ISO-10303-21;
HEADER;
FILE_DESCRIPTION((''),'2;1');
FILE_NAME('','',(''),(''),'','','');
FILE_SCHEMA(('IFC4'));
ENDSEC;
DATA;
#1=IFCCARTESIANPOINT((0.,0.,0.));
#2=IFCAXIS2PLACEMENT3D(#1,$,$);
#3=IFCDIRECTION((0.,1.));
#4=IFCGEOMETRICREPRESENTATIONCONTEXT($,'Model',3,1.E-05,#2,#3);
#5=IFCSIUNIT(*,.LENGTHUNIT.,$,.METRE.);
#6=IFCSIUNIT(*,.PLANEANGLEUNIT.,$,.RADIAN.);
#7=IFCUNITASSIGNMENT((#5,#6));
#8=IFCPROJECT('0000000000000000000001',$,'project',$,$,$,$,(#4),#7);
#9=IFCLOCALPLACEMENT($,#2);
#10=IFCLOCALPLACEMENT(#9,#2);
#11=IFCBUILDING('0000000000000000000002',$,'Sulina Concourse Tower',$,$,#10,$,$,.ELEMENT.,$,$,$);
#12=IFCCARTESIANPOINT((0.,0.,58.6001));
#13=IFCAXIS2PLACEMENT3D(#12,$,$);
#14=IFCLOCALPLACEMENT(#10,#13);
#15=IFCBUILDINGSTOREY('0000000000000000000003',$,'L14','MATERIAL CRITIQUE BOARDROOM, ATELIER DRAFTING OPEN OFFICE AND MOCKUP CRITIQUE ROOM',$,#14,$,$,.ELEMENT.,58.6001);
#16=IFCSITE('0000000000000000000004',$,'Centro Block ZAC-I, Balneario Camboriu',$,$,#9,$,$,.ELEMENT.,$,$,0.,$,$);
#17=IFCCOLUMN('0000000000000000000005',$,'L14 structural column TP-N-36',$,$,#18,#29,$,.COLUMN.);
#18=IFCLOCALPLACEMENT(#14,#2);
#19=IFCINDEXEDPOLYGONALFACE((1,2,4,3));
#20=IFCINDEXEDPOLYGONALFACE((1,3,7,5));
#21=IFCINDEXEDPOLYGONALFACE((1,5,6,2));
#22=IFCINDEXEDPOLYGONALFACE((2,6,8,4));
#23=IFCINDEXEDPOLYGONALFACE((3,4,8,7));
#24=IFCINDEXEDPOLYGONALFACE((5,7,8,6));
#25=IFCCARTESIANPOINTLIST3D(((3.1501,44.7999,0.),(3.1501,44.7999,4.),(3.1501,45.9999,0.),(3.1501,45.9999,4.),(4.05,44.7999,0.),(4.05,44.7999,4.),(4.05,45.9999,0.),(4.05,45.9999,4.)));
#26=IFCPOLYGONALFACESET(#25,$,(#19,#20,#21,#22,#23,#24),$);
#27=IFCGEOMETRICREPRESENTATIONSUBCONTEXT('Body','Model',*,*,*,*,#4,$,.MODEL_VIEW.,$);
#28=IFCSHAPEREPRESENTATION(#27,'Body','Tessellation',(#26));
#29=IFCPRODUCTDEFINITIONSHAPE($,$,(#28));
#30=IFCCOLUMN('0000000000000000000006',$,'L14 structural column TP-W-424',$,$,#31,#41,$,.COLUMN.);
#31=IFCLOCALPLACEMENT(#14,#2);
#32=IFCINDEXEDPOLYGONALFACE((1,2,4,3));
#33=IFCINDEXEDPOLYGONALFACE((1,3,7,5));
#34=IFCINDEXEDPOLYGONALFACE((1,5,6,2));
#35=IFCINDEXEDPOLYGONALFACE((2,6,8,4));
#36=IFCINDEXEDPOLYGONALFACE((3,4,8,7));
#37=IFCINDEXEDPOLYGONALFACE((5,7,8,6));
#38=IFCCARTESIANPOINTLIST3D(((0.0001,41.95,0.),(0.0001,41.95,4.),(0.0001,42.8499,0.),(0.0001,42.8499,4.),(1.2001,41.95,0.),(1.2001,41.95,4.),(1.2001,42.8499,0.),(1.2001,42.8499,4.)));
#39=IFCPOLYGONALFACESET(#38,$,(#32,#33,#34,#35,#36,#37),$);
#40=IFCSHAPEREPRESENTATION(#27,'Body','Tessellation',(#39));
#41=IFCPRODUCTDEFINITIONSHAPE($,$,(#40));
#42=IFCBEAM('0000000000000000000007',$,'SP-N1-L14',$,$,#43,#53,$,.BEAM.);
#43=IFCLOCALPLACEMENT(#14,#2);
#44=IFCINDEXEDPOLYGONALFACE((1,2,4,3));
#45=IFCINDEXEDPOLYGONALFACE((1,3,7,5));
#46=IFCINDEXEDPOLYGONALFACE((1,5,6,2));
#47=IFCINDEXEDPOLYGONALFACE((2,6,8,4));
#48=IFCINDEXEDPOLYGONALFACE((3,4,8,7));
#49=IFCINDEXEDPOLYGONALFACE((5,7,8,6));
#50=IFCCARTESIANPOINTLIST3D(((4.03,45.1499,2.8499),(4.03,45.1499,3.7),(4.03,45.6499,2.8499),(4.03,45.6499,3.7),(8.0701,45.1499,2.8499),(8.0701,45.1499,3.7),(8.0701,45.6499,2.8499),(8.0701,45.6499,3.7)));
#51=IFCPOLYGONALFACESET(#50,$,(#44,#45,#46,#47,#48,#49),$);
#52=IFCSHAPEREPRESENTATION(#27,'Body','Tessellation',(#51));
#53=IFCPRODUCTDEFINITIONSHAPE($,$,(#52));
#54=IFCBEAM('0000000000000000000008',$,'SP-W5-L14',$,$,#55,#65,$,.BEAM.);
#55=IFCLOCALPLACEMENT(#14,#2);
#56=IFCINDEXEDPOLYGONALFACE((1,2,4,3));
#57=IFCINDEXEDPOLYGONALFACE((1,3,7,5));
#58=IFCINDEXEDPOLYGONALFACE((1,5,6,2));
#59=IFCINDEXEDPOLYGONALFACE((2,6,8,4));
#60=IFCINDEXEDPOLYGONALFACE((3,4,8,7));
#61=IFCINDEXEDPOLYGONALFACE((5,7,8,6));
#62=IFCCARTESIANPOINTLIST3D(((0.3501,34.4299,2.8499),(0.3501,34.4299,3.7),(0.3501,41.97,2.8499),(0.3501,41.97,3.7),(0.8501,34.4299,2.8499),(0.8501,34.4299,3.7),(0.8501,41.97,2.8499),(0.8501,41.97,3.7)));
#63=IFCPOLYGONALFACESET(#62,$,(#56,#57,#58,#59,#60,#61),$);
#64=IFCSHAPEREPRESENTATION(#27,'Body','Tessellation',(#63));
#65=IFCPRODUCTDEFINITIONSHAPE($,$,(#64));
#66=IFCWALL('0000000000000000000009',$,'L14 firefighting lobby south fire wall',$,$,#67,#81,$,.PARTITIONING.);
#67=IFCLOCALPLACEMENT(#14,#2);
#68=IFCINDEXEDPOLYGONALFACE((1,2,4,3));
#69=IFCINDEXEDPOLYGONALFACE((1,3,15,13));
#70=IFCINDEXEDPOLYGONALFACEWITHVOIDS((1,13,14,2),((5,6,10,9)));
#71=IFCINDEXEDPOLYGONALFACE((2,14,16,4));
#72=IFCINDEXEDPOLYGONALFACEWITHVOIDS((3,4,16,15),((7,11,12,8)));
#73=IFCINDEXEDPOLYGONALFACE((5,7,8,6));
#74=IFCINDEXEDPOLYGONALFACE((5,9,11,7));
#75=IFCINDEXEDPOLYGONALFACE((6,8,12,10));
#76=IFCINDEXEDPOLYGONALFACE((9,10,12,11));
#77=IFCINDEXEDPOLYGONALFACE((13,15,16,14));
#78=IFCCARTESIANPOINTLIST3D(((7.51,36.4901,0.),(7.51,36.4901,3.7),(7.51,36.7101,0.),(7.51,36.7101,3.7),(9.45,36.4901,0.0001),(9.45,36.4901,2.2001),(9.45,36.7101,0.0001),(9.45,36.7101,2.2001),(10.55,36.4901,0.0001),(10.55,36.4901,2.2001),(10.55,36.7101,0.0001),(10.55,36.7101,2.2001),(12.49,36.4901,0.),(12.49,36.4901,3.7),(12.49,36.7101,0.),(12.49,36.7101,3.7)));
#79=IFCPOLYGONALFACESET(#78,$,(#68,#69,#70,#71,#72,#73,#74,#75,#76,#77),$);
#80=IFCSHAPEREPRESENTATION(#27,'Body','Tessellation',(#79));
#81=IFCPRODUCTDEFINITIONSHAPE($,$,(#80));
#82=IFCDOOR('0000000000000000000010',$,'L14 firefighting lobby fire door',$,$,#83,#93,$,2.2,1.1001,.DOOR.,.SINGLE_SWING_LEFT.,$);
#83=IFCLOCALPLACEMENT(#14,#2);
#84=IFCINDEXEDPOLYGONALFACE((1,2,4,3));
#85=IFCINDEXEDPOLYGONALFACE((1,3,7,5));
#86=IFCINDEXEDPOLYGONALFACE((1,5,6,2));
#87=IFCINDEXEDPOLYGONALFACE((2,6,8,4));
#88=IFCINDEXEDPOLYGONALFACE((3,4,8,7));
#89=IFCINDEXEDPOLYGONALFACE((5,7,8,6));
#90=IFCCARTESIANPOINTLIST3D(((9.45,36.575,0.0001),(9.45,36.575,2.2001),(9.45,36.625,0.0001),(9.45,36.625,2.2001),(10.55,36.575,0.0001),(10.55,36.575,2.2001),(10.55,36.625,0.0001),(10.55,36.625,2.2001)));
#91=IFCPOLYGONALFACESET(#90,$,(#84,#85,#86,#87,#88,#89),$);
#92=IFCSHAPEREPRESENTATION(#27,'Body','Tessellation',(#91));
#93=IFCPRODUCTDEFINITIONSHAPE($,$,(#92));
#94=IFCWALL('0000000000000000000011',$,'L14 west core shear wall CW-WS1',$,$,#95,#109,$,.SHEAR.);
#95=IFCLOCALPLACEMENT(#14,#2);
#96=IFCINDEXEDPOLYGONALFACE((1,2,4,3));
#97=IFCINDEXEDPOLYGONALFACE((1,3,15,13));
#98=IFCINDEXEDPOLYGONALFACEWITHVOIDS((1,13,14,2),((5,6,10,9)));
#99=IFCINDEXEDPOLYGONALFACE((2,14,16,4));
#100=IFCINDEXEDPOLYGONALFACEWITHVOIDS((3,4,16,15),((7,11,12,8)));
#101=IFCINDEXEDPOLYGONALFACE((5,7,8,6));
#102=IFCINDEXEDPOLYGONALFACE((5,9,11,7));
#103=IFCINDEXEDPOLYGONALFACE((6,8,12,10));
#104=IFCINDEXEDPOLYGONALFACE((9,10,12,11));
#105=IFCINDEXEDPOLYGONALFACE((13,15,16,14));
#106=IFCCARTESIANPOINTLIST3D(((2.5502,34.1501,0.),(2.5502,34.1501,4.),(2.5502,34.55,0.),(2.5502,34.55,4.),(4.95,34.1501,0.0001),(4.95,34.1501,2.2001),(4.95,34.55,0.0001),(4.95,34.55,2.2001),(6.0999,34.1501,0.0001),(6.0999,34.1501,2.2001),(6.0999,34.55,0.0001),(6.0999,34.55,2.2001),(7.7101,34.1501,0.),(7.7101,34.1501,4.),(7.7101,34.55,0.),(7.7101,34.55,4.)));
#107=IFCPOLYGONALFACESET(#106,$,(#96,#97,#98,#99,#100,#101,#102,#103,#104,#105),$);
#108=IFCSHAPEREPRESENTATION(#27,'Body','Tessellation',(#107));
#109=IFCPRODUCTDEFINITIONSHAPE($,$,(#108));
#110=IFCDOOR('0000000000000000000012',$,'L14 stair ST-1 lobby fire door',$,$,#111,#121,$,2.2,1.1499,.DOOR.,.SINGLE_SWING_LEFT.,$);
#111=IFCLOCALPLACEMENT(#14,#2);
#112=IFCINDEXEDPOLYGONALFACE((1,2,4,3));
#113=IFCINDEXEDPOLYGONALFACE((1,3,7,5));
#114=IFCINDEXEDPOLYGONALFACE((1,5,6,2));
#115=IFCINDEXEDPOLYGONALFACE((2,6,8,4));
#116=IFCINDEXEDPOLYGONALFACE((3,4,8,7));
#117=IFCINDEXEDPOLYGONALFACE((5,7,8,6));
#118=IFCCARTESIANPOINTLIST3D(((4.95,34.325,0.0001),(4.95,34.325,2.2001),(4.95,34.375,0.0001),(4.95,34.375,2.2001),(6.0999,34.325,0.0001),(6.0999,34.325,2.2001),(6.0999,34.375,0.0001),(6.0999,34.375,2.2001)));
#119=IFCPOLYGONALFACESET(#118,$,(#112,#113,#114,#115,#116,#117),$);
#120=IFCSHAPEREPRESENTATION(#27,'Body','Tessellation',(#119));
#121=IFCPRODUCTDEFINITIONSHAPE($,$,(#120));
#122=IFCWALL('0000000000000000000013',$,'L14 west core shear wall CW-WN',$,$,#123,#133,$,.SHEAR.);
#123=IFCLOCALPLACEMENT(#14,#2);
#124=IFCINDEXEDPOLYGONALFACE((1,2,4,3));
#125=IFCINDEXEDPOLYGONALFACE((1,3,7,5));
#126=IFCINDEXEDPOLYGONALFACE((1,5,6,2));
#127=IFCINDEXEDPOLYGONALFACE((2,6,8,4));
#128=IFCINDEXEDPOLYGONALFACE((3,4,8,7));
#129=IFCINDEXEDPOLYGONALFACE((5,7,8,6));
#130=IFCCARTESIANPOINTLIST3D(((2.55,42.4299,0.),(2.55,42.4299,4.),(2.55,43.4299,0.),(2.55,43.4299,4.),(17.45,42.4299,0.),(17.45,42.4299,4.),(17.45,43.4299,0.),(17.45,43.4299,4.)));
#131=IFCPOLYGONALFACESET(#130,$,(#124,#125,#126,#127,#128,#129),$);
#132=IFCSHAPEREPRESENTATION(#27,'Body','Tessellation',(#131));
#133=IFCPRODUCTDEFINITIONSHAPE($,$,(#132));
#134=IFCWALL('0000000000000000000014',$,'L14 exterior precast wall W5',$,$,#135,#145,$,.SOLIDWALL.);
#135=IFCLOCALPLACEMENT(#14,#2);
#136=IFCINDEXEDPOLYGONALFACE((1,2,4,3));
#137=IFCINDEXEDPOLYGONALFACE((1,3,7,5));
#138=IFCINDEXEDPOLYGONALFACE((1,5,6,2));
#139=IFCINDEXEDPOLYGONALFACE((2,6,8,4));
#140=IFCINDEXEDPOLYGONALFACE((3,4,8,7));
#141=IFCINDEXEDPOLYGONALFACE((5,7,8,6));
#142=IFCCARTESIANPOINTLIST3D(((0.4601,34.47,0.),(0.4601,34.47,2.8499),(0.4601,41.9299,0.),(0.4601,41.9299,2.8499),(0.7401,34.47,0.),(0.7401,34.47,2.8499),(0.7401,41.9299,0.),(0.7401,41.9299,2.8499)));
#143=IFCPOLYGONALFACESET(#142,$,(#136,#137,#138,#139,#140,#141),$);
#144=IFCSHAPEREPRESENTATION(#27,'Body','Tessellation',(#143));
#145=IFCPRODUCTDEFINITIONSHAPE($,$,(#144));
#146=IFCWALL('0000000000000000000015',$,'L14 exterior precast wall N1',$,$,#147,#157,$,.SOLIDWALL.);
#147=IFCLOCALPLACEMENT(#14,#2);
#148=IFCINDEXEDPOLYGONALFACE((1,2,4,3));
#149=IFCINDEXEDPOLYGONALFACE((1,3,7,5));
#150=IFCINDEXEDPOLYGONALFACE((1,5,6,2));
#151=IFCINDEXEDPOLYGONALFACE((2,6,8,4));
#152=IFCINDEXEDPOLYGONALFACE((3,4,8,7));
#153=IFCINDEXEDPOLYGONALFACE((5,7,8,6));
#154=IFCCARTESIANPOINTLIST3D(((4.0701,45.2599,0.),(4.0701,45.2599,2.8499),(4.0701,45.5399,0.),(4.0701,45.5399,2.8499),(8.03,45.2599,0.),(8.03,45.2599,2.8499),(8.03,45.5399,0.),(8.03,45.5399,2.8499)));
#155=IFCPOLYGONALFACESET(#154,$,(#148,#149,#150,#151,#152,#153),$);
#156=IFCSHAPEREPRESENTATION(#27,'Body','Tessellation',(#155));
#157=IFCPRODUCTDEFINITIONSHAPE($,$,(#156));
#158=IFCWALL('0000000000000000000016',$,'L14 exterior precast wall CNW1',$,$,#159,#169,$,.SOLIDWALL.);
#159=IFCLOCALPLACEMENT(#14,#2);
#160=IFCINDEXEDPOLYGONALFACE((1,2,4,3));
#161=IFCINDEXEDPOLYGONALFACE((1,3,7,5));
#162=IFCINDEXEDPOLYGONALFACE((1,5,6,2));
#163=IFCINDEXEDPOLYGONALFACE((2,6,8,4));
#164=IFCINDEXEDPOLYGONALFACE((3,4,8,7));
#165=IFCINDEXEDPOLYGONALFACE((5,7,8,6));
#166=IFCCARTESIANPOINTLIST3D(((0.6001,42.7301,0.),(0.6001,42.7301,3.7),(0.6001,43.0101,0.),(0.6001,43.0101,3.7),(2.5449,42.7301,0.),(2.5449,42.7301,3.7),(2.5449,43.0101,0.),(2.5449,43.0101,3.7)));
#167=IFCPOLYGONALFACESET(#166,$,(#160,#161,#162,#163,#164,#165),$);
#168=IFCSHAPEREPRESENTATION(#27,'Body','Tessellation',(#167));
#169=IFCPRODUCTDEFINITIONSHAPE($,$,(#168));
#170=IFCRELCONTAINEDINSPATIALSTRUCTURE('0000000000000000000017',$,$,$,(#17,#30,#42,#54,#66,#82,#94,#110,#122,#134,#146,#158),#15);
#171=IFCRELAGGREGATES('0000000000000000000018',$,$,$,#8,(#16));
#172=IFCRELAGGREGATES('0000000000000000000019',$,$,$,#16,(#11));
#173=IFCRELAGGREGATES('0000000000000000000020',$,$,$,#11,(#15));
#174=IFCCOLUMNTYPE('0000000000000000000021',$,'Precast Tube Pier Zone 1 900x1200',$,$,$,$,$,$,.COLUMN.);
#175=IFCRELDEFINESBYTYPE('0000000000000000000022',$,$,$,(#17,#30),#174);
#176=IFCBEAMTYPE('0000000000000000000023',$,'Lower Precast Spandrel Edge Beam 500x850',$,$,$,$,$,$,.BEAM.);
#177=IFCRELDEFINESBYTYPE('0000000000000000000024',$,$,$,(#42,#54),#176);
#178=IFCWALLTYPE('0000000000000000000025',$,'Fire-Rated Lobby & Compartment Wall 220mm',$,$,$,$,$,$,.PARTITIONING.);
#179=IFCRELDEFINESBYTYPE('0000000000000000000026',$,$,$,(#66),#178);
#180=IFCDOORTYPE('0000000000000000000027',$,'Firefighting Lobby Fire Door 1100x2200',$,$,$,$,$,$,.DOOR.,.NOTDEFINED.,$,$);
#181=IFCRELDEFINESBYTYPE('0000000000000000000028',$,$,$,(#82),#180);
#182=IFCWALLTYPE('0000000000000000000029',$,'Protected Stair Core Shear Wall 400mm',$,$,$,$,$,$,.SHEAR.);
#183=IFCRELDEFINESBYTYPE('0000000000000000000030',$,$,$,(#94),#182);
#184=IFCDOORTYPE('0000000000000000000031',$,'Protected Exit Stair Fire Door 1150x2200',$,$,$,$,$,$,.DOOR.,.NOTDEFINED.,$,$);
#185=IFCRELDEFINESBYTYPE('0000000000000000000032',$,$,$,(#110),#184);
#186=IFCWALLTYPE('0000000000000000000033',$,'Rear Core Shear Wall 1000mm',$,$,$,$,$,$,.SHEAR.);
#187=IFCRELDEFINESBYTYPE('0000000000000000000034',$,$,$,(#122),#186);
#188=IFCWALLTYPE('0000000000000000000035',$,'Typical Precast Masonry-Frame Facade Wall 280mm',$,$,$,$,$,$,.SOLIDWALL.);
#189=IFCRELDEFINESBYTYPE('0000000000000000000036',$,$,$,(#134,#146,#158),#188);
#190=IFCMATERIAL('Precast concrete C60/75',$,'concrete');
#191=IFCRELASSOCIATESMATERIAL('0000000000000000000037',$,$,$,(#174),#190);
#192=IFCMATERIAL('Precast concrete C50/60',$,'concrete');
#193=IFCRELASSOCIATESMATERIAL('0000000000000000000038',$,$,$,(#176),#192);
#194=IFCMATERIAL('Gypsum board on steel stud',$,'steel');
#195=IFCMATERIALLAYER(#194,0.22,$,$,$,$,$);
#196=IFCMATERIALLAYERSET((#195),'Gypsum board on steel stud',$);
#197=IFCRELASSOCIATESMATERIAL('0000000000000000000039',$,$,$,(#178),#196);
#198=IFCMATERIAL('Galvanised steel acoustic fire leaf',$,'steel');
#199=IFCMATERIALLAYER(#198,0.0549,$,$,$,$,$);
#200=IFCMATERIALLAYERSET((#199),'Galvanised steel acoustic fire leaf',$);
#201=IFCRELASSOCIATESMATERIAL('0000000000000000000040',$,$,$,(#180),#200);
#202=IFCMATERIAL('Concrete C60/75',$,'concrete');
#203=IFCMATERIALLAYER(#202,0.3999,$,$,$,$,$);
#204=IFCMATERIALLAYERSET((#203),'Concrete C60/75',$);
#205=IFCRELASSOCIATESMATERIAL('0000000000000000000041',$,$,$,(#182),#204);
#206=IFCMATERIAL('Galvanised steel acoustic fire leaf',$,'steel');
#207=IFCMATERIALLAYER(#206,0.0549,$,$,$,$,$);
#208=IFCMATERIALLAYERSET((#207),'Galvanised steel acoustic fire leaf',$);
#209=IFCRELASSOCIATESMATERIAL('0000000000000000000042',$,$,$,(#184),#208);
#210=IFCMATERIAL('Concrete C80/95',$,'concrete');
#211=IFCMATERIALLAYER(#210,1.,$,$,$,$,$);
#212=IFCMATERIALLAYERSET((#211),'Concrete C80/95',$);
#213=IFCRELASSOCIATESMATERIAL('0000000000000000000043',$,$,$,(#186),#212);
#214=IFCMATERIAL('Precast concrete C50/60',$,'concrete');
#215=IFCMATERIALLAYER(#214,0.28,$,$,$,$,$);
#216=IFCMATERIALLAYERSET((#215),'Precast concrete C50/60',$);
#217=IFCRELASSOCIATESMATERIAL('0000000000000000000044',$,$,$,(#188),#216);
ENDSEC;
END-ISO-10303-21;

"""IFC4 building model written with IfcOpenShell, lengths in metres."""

from ifc_helpers import new_model, si_unit, direction, frame, frame_2d, origin, origin_2d, place, context, subcontext, project, spatial, rectangle, extrude, material, layer, layer_set, material_profile, profile_set, type_object, element, fill, save


model = new_model("IFC4")

# Units and contexts
model_context = context("Model", 3, precision=1e-05, world=origin(), true_north=direction((0.0, 1.0)))
body_context = subcontext(model_context, "Body", "Model", "MODEL_VIEW")
ifc_project = project(units=[si_unit("LENGTHUNIT", "METRE"), si_unit("PLANEANGLEUNIT", "RADIAN")], contexts=[model_context])

# Site, building, storey
site_placement = place(None, origin())
site = spatial("IfcSite", under=ifc_project, at=site_placement, Name="Centro Block ZAC-I, Balneario Camboriu", CompositionType="ELEMENT", RefElevation=0.0)
building_placement = place(site_placement, origin())
building = spatial("IfcBuilding", under=site, at=building_placement, Name="Sulina Concourse Tower", CompositionType="ELEMENT")
storey_placement = place(building_placement, frame((0.0, 0.0, 58.6001)))
storey = spatial("IfcBuildingStorey", under=building, at=storey_placement, Name="L14", Description="MATERIAL CRITIQUE BOARDROOM, ATELIER DRAFTING OPEN OFFICE AND MOCKUP CRITIQUE ROOM", CompositionType="ELEMENT", Elevation=58.6001)

# Columns
ifc_material_1 = material(Name="Precast concrete C60/75", Category="concrete")
ifc_material_profile_1 = material_profile(ifc_material_1, rectangle(XDim=0.8999, YDim=1.2, at=origin_2d()), Name="PC 900x1200")
ifc_profile_set_1 = profile_set([ifc_material_profile_1], Name="Precast concrete C60/75")
column_type = type_object("IfcColumnType", Name="Precast Tube Pier Zone 1 900x1200", PredefinedType="COLUMN", material=ifc_profile_set_1)
for number, where, z_axis, x_axis, name in (
    (1, (3.6001, 45.3999, 0.0), (0.0, 0.0, 1.0), (1.0, 0.0, 0.0), "L14 structural column TP-N-36"),
    (2, (0.6001, 42.3999, 0.0), (0.0, 0.0, 1.0), (0.0, 1.0, 0.0), "L14 structural column TP-W-424"),
):
    element("IfcColumn", number, at=place(storey_placement, frame(where, z_axis=z_axis, x_axis=x_axis)), inside=storey, type_object=column_type, Name=name, PredefinedType="COLUMN", context=body_context, shape_type="SweptSolid", body=[
        extrude(rectangle(XDim=0.8999, YDim=1.2, at=origin_2d()), origin(), (0.0, 0.0, 1.0), 4.0),
    ])

# Beams
ifc_material_2 = material(Name="Precast concrete C50/60", Category="concrete")
ifc_material_profile_2 = material_profile(ifc_material_2, rectangle(XDim=0.5, YDim=0.8501, at=origin_2d()), Name="RC 500x850")
ifc_profile_set_2 = profile_set([ifc_material_profile_2], Name="Precast concrete C50/60")
beam_type = type_object("IfcBeamType", Name="Lower Precast Spandrel Edge Beam 500x850", PredefinedType="BEAM", material=ifc_profile_set_2)
beam_1_placement = place(storey_placement, frame((4.03, 45.3999, 3.2749), z_axis=(1.0, 0.0, 0.0), x_axis=(0.0, 1.0, 0.0)))
element("IfcBeam", 3, at=beam_1_placement, inside=storey, type_object=beam_type, Name="SP-N1-L14", PredefinedType="BEAM", context=body_context, shape_type="SweptSolid", body=[
    extrude(rectangle(XDim=0.5, YDim=0.8501, at=origin_2d()), origin(), (0.0, 0.0, 1.0), 4.04),
])
beam_2_placement = place(storey_placement, frame((0.6001, 34.4299, 3.2749), z_axis=(0.0, 1.0, 0.0), x_axis=(-1.0, 0.0, 0.0)))
element("IfcBeam", 4, at=beam_2_placement, inside=storey, type_object=beam_type, Name="SP-W5-L14", PredefinedType="BEAM", context=body_context, shape_type="SweptSolid", body=[
    extrude(rectangle(XDim=0.5, YDim=0.8501, at=origin_2d()), origin(), (0.0, 0.0, 1.0), 7.54),
])

# Walls, openings, doors
ifc_material_3 = material(Name="Gypsum board on steel stud", Category="steel")
ifc_layer_1 = layer(ifc_material_3, 0.22)
ifc_layer_set_1 = layer_set([ifc_layer_1], Name="Gypsum board on steel stud")
wall_type_1 = type_object("IfcWallType", Name="Fire-Rated Lobby & Compartment Wall 220mm", PredefinedType="PARTITIONING", material=ifc_layer_set_1)
wall_1_placement = place(storey_placement, frame((7.51, 36.6001, 0.0), z_axis=(0.0, 0.0, 1.0), x_axis=(1.0, 0.0, 0.0)))
wall_1 = element("IfcWall", 5, at=wall_1_placement, inside=storey, type_object=wall_type_1, Name="L14 firefighting lobby south fire wall", PredefinedType="PARTITIONING", context=body_context, shape_type="SweptSolid", body=[
    extrude(rectangle(XDim=4.98, YDim=0.22, at=frame_2d((2.49, 0.0))), origin(), (0.0, 0.0, 1.0), 3.7),
])
opening_1_placement = place(wall_1_placement, frame((1.9399, 0.0, 0.0)))
opening_1 = element("IfcOpeningElement", 6, at=opening_1_placement, cuts=wall_1, PredefinedType="OPENING", context=body_context, shape_type="SweptSolid", body=[
    extrude(rectangle(XDim=1.1001, YDim=2.2, at=frame_2d((0.55, 1.1001))), frame((0.0, 0.1199, 0.0), z_axis=(0.0, -1.0, 0.0), x_axis=(1.0, 0.0, 0.0)), (0.0, 0.0, 1.0), 0.24),
])
ifc_material_4 = material(Name="Galvanised steel acoustic fire leaf", Category="steel")
ifc_layer_2 = layer(ifc_material_4, 0.0549)
ifc_layer_set_2 = layer_set([ifc_layer_2], Name="Galvanised steel acoustic fire leaf")
door_type_1 = type_object("IfcDoorType", Name="Firefighting Lobby Fire Door 1100x2200", OperationType="NOTDEFINED", PredefinedType="DOOR", material=ifc_layer_set_2)
door_1_placement = place(opening_1_placement, origin())
door_1 = element("IfcDoor", 7, at=door_1_placement, inside=storey, type_object=door_type_1, Name="L14 firefighting lobby fire door", OperationType="SINGLE_SWING_LEFT", OverallHeight=2.2, OverallWidth=1.1001, PredefinedType="DOOR", context=body_context, shape_type="SweptSolid", body=[
    extrude(rectangle(XDim=1.1001, YDim=2.2, at=frame_2d((0.55, 1.1001))), frame((0.0, 0.0249, 0.0), z_axis=(0.0, -1.0, 0.0), x_axis=(1.0, 0.0, 0.0)), (0.0, 0.0, 1.0), 0.05),
])
fill(opening_1, door_1)
ifc_material_5 = material(Name="Concrete C60/75", Category="concrete")
ifc_layer_3 = layer(ifc_material_5, 0.3999)
ifc_layer_set_3 = layer_set([ifc_layer_3], Name="Concrete C60/75")
wall_type_2 = type_object("IfcWallType", Name="Protected Stair Core Shear Wall 400mm", PredefinedType="SHEAR", material=ifc_layer_set_3)
wall_2_placement = place(storey_placement, frame((2.55, 34.3501, 0.0), z_axis=(0.0, 0.0, 1.0), x_axis=(1.0, 0.0, 0.0)))
wall_2 = element("IfcWall", 8, at=wall_2_placement, inside=storey, type_object=wall_type_2, Name="L14 west core shear wall CW-WS1", PredefinedType="SHEAR", context=body_context, shape_type="SweptSolid", body=[
    extrude(rectangle(XDim=5.1599, YDim=0.3999, at=frame_2d((2.5801, 0.0))), origin(), (0.0, 0.0, 1.0), 4.0),
])
opening_2_placement = place(wall_2_placement, frame((2.3999, 0.0, 0.0)))
opening_2 = element("IfcOpeningElement", 9, at=opening_2_placement, cuts=wall_2, PredefinedType="OPENING", context=body_context, shape_type="SweptSolid", body=[
    extrude(rectangle(XDim=1.1499, YDim=2.2, at=frame_2d((0.575, 1.1001))), frame((0.0, 0.21, 0.0), z_axis=(0.0, -1.0, 0.0), x_axis=(1.0, 0.0, 0.0)), (0.0, 0.0, 1.0), 0.4199),
])
ifc_material_6 = material(Name="Galvanised steel acoustic fire leaf", Category="steel")
ifc_layer_4 = layer(ifc_material_6, 0.0549)
ifc_layer_set_4 = layer_set([ifc_layer_4], Name="Galvanised steel acoustic fire leaf")
door_type_2 = type_object("IfcDoorType", Name="Protected Exit Stair Fire Door 1150x2200", OperationType="NOTDEFINED", PredefinedType="DOOR", material=ifc_layer_set_4)
door_2_placement = place(opening_2_placement, origin())
door_2 = element("IfcDoor", 10, at=door_2_placement, inside=storey, type_object=door_type_2, Name="L14 stair ST-1 lobby fire door", OperationType="SINGLE_SWING_LEFT", OverallHeight=2.2, OverallWidth=1.1499, PredefinedType="DOOR", context=body_context, shape_type="SweptSolid", body=[
    extrude(rectangle(XDim=1.1499, YDim=2.2, at=frame_2d((0.575, 1.1001))), frame((0.0, 0.0249, 0.0), z_axis=(0.0, -1.0, 0.0), x_axis=(1.0, 0.0, 0.0)), (0.0, 0.0, 1.0), 0.05),
])
fill(opening_2, door_2)

# Walls
ifc_material_7 = material(Name="Concrete C80/95", Category="concrete")
ifc_layer_5 = layer(ifc_material_7, 1.0)
ifc_layer_set_5 = layer_set([ifc_layer_5], Name="Concrete C80/95")
wall_type_3 = type_object("IfcWallType", Name="Rear Core Shear Wall 1000mm", PredefinedType="SHEAR", material=ifc_layer_set_5)
wall_3_placement = place(storey_placement, frame((2.55, 42.9299, 0.0), z_axis=(0.0, 0.0, 1.0), x_axis=(1.0, 0.0, 0.0)))
element("IfcWall", 11, at=wall_3_placement, inside=storey, type_object=wall_type_3, Name="L14 west core shear wall CW-WN", PredefinedType="SHEAR", context=body_context, shape_type="SweptSolid", body=[
    extrude(rectangle(XDim=14.8999, YDim=1.0, at=frame_2d((7.45, 0.0))), origin(), (0.0, 0.0, 1.0), 4.0),
])
ifc_material_8 = material(Name="Precast concrete C50/60", Category="concrete")
ifc_layer_6 = layer(ifc_material_8, 0.28)
ifc_layer_set_6 = layer_set([ifc_layer_6], Name="Precast concrete C50/60")
wall_type_4 = type_object("IfcWallType", Name="Typical Precast Masonry-Frame Facade Wall 280mm", PredefinedType="SOLIDWALL", material=ifc_layer_set_6)
wall_4_placement = place(storey_placement, frame((0.6001, 34.47, 0.0), z_axis=(0.0, 0.0, 1.0), x_axis=(0.0, 1.0, 0.0)))
element("IfcWall", 12, at=wall_4_placement, inside=storey, type_object=wall_type_4, Name="L14 exterior precast wall W5", PredefinedType="SOLIDWALL", context=body_context, shape_type="SweptSolid", body=[
    extrude(rectangle(XDim=7.46, YDim=0.28, at=frame_2d((3.73, 0.0))), origin(), (0.0, 0.0, 1.0), 2.8499),
])
wall_5_placement = place(storey_placement, frame((4.0701, 45.3999, 0.0), z_axis=(0.0, 0.0, 1.0), x_axis=(1.0, 0.0, 0.0)))
element("IfcWall", 13, at=wall_5_placement, inside=storey, type_object=wall_type_4, Name="L14 exterior precast wall N1", PredefinedType="SOLIDWALL", context=body_context, shape_type="SweptSolid", body=[
    extrude(rectangle(XDim=3.96, YDim=0.28, at=frame_2d((1.98, 0.0))), origin(), (0.0, 0.0, 1.0), 2.8499),
])
wall_6_placement = place(storey_placement, frame((0.6001, 42.8701, 0.0), z_axis=(0.0, 0.0, 1.0), x_axis=(1.0, 0.0, 0.0)))
element("IfcWall", 14, at=wall_6_placement, inside=storey, type_object=wall_type_4, Name="L14 exterior precast wall CNW1", PredefinedType="SOLIDWALL", context=body_context, shape_type="SweptSolid", body=[
    extrude(rectangle(XDim=1.9448, YDim=0.28, at=frame_2d((0.9724, 0.0))), origin(), (0.0, 0.0, 1.0), 3.7),
])

save(model, "model.ifc")
